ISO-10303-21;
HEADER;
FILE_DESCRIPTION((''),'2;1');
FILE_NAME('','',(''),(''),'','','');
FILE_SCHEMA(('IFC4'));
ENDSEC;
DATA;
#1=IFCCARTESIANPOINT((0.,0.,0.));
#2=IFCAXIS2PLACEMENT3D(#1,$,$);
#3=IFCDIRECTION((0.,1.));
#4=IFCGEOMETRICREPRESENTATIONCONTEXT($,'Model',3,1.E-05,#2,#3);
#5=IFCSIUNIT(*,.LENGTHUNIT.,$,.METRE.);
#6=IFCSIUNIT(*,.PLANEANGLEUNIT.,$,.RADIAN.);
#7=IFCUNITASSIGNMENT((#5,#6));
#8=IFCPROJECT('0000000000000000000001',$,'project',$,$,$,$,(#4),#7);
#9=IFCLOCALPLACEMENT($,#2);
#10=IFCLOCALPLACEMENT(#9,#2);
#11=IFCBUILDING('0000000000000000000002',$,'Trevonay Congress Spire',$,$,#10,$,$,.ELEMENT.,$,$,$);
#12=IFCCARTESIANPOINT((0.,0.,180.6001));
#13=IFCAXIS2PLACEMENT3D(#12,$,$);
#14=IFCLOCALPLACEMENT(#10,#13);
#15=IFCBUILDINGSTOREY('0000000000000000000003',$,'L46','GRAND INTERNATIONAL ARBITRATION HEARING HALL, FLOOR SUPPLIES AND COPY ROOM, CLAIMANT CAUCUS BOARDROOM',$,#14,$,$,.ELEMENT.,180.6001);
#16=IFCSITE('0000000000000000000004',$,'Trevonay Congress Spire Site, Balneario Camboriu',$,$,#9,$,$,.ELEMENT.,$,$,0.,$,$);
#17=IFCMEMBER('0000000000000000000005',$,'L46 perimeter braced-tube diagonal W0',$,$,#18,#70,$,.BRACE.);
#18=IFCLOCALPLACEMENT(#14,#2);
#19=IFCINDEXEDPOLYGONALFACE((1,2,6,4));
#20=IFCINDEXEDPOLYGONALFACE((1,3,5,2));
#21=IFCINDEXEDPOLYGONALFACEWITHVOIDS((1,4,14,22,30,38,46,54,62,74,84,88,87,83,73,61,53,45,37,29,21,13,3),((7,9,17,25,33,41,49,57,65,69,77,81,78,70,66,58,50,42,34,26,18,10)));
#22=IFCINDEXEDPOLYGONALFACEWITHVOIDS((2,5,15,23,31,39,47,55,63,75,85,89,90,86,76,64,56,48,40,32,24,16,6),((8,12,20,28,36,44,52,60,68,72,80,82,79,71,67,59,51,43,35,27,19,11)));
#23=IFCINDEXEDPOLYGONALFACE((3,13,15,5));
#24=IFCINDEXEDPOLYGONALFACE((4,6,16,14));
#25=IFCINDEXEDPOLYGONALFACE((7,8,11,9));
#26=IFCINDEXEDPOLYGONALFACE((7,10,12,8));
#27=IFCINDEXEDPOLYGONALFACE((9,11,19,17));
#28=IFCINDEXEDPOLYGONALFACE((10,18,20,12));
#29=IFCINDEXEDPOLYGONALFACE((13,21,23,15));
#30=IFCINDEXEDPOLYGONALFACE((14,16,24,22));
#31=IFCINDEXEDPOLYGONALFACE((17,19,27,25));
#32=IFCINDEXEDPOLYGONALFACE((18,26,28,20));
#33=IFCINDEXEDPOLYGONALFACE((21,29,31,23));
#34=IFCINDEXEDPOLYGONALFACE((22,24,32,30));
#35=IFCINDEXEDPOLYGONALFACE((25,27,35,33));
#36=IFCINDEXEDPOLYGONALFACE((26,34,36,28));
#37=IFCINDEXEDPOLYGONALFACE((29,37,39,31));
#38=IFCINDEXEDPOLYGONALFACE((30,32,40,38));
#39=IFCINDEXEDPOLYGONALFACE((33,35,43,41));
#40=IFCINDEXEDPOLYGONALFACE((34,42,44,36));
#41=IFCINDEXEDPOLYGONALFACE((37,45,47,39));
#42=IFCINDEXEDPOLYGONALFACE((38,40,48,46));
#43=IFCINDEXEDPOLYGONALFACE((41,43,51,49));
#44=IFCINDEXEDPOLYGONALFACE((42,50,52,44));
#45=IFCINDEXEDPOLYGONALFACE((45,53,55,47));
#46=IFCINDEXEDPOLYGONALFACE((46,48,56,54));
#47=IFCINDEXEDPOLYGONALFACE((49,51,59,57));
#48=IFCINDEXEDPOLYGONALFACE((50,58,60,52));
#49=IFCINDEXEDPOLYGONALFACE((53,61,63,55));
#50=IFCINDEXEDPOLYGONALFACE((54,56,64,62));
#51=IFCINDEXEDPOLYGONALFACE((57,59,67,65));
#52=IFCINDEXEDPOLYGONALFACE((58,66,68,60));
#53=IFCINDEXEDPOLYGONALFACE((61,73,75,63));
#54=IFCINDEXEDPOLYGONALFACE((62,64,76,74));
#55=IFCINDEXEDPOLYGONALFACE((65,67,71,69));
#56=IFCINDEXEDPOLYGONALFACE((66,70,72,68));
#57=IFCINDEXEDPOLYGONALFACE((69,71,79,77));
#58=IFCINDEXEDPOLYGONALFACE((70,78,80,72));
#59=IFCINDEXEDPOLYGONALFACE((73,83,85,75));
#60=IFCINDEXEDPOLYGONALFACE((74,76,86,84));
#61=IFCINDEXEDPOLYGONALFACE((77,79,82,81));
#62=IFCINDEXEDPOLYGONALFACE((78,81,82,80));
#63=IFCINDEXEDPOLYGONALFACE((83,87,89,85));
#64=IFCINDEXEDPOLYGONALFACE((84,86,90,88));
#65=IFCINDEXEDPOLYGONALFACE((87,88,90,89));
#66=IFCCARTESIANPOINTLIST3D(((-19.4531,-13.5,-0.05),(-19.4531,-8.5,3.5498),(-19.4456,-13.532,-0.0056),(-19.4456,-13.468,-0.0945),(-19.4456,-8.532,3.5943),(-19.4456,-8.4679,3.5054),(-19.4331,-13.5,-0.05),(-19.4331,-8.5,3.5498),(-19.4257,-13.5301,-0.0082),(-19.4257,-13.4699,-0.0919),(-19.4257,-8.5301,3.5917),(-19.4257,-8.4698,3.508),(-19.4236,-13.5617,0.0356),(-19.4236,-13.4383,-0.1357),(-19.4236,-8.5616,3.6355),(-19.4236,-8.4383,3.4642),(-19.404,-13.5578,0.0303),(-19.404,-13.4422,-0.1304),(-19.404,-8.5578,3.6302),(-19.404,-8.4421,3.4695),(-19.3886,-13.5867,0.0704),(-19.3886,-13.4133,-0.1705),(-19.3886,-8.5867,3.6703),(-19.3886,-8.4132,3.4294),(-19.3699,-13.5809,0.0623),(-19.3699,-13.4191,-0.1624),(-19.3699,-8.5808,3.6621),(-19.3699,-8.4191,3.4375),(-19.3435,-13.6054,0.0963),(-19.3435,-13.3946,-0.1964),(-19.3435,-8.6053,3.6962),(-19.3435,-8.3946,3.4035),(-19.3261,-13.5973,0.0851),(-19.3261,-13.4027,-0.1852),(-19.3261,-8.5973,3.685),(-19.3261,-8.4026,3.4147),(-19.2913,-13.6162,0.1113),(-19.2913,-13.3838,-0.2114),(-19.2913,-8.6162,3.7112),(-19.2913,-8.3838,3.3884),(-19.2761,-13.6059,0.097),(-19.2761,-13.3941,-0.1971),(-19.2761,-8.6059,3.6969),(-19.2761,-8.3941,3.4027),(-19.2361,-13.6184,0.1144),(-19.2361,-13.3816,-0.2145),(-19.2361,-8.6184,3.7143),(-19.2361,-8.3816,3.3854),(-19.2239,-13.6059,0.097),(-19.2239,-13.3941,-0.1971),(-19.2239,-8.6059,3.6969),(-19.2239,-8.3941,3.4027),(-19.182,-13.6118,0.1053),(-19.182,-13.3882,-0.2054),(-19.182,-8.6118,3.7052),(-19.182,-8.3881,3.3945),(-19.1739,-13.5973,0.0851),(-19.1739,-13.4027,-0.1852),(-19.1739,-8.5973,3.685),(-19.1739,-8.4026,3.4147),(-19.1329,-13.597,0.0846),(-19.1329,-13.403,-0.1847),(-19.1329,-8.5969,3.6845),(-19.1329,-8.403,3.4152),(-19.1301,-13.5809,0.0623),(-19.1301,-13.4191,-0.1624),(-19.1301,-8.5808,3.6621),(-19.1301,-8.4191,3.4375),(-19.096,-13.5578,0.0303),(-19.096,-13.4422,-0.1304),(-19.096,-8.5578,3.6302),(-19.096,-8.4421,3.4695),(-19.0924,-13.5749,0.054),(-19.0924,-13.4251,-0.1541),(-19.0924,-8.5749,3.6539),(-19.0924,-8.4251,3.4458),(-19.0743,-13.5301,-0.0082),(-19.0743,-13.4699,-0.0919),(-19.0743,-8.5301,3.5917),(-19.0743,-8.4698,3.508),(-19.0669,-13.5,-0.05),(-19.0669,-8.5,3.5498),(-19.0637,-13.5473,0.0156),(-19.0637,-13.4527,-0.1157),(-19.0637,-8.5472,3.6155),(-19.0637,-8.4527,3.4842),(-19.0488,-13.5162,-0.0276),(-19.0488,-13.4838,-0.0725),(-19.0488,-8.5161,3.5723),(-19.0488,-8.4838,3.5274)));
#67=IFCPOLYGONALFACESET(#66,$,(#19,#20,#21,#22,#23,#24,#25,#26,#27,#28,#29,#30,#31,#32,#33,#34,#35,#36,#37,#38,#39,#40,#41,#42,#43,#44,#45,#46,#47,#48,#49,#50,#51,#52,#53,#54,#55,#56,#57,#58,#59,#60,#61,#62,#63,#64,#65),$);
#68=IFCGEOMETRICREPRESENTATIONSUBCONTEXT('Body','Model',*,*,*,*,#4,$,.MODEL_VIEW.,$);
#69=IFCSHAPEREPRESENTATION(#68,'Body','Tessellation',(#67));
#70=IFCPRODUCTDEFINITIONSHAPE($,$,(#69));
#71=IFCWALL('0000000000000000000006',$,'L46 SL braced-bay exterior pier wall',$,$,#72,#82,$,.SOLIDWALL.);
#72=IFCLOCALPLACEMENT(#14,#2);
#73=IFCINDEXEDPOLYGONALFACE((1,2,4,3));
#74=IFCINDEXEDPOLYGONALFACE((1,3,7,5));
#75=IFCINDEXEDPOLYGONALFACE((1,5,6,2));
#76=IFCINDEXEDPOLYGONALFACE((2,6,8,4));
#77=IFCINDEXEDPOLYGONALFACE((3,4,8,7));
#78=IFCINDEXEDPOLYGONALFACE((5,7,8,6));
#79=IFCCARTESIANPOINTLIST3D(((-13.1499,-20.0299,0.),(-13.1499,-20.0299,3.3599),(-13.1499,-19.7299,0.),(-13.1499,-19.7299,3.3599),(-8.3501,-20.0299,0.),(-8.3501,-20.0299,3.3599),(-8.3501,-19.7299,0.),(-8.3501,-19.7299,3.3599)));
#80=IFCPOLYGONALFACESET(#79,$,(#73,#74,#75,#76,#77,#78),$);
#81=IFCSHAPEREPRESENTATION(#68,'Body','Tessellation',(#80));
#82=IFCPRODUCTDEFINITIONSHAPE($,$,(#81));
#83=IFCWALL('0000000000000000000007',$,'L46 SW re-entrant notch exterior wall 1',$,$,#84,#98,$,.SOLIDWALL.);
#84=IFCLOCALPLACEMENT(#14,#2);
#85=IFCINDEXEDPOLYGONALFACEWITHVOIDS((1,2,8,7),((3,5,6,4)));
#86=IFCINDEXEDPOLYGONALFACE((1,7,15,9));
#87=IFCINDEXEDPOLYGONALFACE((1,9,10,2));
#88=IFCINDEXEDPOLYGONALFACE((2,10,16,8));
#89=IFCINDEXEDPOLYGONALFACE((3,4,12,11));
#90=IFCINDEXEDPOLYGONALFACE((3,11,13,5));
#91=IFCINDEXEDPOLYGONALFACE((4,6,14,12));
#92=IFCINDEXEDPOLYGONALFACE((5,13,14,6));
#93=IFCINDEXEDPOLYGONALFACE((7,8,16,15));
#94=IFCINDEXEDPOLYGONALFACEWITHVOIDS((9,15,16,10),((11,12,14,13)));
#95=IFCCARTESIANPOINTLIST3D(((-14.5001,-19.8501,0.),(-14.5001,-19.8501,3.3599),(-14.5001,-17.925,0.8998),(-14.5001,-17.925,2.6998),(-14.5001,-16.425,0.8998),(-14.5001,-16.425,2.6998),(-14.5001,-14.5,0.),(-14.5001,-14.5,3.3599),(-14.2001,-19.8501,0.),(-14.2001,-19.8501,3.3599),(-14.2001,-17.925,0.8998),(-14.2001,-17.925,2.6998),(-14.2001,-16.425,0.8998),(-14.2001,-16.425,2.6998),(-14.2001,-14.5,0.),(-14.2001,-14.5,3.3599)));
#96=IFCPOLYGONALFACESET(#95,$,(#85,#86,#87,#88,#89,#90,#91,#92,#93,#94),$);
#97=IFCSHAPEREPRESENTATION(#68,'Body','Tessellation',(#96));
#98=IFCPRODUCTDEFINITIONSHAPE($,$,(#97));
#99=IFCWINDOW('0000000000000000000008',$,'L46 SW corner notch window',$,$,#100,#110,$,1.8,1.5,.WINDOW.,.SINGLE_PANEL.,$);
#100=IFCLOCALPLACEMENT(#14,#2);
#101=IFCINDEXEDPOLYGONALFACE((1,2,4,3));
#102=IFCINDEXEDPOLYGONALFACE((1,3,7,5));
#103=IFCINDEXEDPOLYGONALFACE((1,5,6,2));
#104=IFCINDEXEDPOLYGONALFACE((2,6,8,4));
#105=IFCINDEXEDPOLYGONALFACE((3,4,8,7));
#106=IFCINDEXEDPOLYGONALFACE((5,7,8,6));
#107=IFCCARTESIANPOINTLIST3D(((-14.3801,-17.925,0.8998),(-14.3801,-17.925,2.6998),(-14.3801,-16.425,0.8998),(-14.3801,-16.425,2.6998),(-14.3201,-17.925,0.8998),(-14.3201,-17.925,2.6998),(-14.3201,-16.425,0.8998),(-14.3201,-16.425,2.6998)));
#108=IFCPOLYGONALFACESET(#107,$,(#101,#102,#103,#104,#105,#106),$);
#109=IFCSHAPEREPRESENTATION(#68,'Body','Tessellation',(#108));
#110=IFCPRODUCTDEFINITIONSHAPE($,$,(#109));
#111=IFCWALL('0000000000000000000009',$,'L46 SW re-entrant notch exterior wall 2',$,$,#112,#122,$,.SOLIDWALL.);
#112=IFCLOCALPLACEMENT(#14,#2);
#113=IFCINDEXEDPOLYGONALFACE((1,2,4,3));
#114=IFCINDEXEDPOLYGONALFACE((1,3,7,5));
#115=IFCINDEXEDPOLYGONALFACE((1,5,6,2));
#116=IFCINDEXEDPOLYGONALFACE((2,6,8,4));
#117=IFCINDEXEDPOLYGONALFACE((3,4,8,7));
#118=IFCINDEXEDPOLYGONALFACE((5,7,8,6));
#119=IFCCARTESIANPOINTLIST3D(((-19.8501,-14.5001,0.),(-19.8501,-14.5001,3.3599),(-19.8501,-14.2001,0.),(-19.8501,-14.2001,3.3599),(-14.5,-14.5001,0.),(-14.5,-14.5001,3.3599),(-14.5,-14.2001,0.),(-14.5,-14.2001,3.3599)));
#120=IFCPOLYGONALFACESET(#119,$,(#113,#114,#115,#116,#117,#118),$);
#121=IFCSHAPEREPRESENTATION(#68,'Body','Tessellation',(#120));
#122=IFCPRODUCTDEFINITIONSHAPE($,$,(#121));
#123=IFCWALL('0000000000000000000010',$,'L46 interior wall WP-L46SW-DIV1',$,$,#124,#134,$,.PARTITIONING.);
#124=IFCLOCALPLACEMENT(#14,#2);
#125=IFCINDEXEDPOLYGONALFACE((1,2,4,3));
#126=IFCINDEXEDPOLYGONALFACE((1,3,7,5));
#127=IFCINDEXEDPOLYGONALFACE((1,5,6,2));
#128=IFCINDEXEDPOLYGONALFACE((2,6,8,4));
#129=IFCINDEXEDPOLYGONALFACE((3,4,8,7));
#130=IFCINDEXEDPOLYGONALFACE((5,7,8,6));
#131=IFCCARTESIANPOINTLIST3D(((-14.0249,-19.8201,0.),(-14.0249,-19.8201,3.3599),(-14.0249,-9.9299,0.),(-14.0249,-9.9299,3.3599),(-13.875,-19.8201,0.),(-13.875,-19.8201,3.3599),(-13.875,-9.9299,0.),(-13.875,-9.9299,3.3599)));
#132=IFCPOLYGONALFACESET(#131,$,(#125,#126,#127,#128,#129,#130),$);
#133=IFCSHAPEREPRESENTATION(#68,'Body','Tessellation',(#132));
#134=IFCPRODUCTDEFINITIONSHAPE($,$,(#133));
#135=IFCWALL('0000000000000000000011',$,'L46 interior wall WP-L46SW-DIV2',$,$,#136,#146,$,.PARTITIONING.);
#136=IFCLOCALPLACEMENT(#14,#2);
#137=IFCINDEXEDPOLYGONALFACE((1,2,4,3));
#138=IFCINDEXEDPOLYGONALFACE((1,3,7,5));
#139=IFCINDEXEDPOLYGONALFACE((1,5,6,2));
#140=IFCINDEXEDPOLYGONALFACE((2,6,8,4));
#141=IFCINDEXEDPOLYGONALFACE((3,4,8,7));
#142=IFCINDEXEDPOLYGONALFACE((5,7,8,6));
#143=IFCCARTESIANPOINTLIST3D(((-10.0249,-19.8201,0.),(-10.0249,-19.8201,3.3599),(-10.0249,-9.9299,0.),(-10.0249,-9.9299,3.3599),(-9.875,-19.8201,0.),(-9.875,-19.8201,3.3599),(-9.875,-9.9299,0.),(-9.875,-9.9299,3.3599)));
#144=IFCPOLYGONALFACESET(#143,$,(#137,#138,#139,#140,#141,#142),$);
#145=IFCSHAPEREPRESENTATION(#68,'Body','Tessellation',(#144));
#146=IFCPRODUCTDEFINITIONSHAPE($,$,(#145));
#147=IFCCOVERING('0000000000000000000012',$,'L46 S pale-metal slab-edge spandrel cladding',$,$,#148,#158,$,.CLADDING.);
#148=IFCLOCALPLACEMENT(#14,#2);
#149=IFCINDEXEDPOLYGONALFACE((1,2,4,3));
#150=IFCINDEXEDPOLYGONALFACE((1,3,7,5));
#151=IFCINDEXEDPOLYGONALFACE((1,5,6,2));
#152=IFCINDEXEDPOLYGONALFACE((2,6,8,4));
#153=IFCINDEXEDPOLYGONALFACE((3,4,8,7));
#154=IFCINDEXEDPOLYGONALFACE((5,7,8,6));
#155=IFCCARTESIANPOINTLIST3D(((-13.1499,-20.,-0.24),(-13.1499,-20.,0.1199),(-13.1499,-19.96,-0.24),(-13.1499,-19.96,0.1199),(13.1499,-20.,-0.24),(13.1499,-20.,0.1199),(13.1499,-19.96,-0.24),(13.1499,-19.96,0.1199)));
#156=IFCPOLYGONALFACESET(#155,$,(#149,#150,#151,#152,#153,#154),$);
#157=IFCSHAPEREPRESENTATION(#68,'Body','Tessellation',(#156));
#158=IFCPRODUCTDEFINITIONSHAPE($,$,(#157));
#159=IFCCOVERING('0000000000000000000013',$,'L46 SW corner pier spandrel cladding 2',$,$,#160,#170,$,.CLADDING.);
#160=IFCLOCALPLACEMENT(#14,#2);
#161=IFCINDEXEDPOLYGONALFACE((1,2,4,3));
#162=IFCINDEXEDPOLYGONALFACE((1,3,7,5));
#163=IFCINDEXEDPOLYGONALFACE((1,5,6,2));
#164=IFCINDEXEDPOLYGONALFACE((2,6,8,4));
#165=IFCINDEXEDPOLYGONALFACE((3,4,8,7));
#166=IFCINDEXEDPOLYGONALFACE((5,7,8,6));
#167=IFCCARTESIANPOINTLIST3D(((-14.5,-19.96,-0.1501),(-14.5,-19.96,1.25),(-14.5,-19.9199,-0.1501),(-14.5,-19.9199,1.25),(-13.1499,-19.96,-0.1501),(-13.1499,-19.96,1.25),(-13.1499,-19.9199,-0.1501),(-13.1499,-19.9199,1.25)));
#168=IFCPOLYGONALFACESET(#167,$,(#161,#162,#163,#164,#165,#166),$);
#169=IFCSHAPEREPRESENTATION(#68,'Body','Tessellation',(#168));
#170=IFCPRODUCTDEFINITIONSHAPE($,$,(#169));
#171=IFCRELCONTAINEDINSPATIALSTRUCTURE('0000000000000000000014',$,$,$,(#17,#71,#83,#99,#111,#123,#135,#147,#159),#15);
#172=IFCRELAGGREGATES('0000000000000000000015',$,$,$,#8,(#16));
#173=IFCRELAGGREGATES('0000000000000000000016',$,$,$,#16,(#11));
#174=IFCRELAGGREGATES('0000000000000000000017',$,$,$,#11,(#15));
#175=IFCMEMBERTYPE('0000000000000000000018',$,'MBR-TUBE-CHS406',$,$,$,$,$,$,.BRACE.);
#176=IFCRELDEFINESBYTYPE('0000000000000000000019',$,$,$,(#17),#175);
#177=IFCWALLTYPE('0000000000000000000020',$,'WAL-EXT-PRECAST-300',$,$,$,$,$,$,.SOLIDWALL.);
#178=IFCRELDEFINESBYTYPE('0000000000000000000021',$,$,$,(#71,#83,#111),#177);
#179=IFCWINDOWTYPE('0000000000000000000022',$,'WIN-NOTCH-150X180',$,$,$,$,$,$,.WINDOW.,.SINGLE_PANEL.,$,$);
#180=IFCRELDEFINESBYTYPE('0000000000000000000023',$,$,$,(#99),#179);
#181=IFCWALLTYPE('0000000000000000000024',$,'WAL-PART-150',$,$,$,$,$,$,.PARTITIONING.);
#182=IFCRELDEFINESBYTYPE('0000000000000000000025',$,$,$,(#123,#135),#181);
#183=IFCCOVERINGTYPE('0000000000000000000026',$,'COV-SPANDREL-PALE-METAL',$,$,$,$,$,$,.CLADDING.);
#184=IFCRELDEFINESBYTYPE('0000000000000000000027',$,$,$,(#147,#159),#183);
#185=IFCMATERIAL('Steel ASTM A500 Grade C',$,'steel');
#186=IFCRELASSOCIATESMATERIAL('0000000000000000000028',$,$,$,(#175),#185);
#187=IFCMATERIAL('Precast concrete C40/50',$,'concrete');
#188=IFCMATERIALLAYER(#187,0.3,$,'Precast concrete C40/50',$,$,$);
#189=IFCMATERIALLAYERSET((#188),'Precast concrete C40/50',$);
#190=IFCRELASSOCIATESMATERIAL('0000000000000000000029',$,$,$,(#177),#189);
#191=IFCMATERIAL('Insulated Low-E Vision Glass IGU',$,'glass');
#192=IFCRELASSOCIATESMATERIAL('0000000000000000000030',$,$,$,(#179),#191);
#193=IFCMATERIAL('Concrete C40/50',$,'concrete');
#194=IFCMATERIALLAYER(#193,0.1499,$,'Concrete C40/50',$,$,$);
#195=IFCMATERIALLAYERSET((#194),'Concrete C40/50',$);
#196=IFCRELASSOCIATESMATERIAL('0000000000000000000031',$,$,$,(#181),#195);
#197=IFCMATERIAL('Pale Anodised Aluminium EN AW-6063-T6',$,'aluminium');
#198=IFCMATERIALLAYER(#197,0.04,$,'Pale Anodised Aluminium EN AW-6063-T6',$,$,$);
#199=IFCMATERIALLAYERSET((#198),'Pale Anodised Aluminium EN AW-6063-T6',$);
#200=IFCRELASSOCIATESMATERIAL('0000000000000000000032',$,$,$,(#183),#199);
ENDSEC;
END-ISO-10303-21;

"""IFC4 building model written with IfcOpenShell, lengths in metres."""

from ifc_helpers import new_model, si_unit, direction, frame, frame_2d, origin, origin_2d, place, context, subcontext, project, spatial, rectangle, hollow_circle, extrude, material, layer, layer_set, material_profile, profile_set, type_object, element, fill, save


model = new_model("IFC4")

# Units and contexts
model_context = context("Model", 3, precision=1e-05, world=origin(), true_north=direction((0.0, 1.0)))
body_context = subcontext(model_context, "Body", "Model", "MODEL_VIEW")
ifc_project = project(units=[si_unit("LENGTHUNIT", "METRE"), si_unit("PLANEANGLEUNIT", "RADIAN")], contexts=[model_context])

# Site, building, storey
site_placement = place(None, origin())
site = spatial("IfcSite", under=ifc_project, at=site_placement, Name="Trevonay Congress Spire Site, Balneario Camboriu", CompositionType="ELEMENT", RefElevation=0.0)
building_placement = place(site_placement, origin())
building = spatial("IfcBuilding", under=site, at=building_placement, Name="Trevonay Congress Spire", CompositionType="ELEMENT")
storey_placement = place(building_placement, frame((0.0, 0.0, 180.6001)))
storey = spatial("IfcBuildingStorey", under=building, at=storey_placement, Name="L46", Description="GRAND INTERNATIONAL ARBITRATION HEARING HALL, FLOOR SUPPLIES AND COPY ROOM, CLAIMANT CAUCUS BOARDROOM", CompositionType="ELEMENT", Elevation=180.6001)

# Member
ifc_material_1 = material(Name="Steel ASTM A500 Grade C", Category="steel")
ifc_material_profile_1 = material_profile(ifc_material_1, hollow_circle(Radius=0.2031, WallThickness=0.02, at=origin_2d()), Name="CHS 406.4x20")
ifc_profile_set_1 = profile_set([ifc_material_profile_1], Name="Steel ASTM A500 Grade C")
member_type = type_object("IfcMemberType", Name="MBR-TUBE-CHS406", PredefinedType="BRACE", material=ifc_profile_set_1)
for number, where, z_axis, x_axis, name in (
    (1, (-19.25, -13.5, -0.05), (0.0, 0.811546, 0.584289), (-1.0, 0.0, 0.0), "L46 perimeter braced-tube diagonal W0"),
):
    element("IfcMember", number, at=place(storey_placement, frame(where, z_axis=z_axis, x_axis=x_axis)), inside=storey, type_object=member_type, Name=name, PredefinedType="BRACE", context=body_context, shape_type="SweptSolid", body=[
        extrude(hollow_circle(Radius=0.2031, WallThickness=0.02, at=origin_2d()), origin(), (0.0, 0.0, 1.0), 6.1611),
    ])

# Wall
ifc_material_2 = material(Name="Precast concrete C40/50", Category="concrete")
ifc_layer_1 = layer(ifc_material_2, 0.3, Name="Precast concrete C40/50")
ifc_layer_set_1 = layer_set([ifc_layer_1], Name="Precast concrete C40/50")
wall_type_1 = type_object("IfcWallType", Name="WAL-EXT-PRECAST-300", PredefinedType="SOLIDWALL", material=ifc_layer_set_1)
wall_1_placement = place(storey_placement, frame((-13.1499, -19.8799, 0.0), z_axis=(0.0, 0.0, 1.0), x_axis=(1.0, 0.0, 0.0)))
element("IfcWall", 2, at=wall_1_placement, inside=storey, type_object=wall_type_1, Name="L46 SL braced-bay exterior pier wall", PredefinedType="SOLIDWALL", context=body_context, shape_type="SweptSolid", body=[
    extrude(rectangle(XDim=4.7998, YDim=0.3, at=frame_2d((2.3999, 0.0))), origin(), (0.0, 0.0, 1.0), 3.3599),
])

# Wall, opening, window
wall_2_placement = place(storey_placement, frame((-14.3501, -19.8501, 0.0), z_axis=(0.0, 0.0, 1.0), x_axis=(0.0, 1.0, 0.0)))
wall_2 = element("IfcWall", 3, at=wall_2_placement, inside=storey, type_object=wall_type_1, Name="L46 SW re-entrant notch exterior wall 1", PredefinedType="SOLIDWALL", context=body_context, shape_type="SweptSolid", body=[
    extrude(rectangle(XDim=5.3501, YDim=0.3, at=frame_2d((2.675, 0.0))), origin(), (0.0, 0.0, 1.0), 3.3599),
])
opening_placement = place(wall_2_placement, frame((1.925, 0.0, 0.8999)))
opening = element("IfcOpeningElement", 4, at=opening_placement, cuts=wall_2, PredefinedType="OPENING", context=body_context, shape_type="SweptSolid", body=[
    extrude(rectangle(XDim=1.5, YDim=1.8, at=frame_2d((0.75, 0.8999))), frame((0.0, 0.1602, 0.0), z_axis=(0.0, -1.0, 0.0), x_axis=(1.0, 0.0, 0.0)), (0.0, 0.0, 1.0), 0.3201),
])
ifc_material_3 = material(Name="Insulated Low-E Vision Glass IGU", Category="glass")
window_type = type_object("IfcWindowType", Name="WIN-NOTCH-150X180", PartitioningType="SINGLE_PANEL", PredefinedType="WINDOW", material=ifc_material_3)
window_placement = place(opening_placement, origin())
window = element("IfcWindow", 5, at=window_placement, inside=storey, type_object=window_type, Name="L46 SW corner notch window", OverallHeight=1.8, OverallWidth=1.5, PartitioningType="SINGLE_PANEL", PredefinedType="WINDOW", context=body_context, shape_type="SweptSolid", body=[
    extrude(rectangle(XDim=1.5, YDim=1.8, at=frame_2d((0.75, 0.8999))), frame((0.0, 0.03, 0.0), z_axis=(0.0, -1.0, 0.0), x_axis=(1.0, 0.0, 0.0)), (0.0, 0.0, 1.0), 0.0601),
])
fill(opening, window)

# Walls
wall_3_placement = place(storey_placement, frame((-19.8501, -14.3501, 0.0), z_axis=(0.0, 0.0, 1.0), x_axis=(1.0, 0.0, 0.0)))
element("IfcWall", 6, at=wall_3_placement, inside=storey, type_object=wall_type_1, Name="L46 SW re-entrant notch exterior wall 2", PredefinedType="SOLIDWALL", context=body_context, shape_type="SweptSolid", body=[
    extrude(rectangle(XDim=5.3501, YDim=0.3, at=frame_2d((2.675, 0.0))), origin(), (0.0, 0.0, 1.0), 3.3599),
])
ifc_material_4 = material(Name="Concrete C40/50", Category="concrete")
ifc_layer_2 = layer(ifc_material_4, 0.1499, Name="Concrete C40/50")
ifc_layer_set_2 = layer_set([ifc_layer_2], Name="Concrete C40/50")
wall_type_2 = type_object("IfcWallType", Name="WAL-PART-150", PredefinedType="PARTITIONING", material=ifc_layer_set_2)
for number, where, z_axis, x_axis, name in (
    (7, (-13.95, -19.8201, 0.0), (0.0, 0.0, 1.0), (0.0, 1.0, 0.0), "L46 interior wall WP-L46SW-DIV1"),
    (8, (-9.95, -19.8201, 0.0), (0.0, 0.0, 1.0), (0.0, 1.0, 0.0), "L46 interior wall WP-L46SW-DIV2"),
):
    element("IfcWall", number, at=place(storey_placement, frame(where, z_axis=z_axis, x_axis=x_axis)), inside=storey, type_object=wall_type_2, Name=name, PredefinedType="PARTITIONING", context=body_context, shape_type="SweptSolid", body=[
        extrude(rectangle(XDim=9.8901, YDim=0.1499, at=frame_2d((4.9451, 0.0))), origin(), (0.0, 0.0, 1.0), 3.3599),
    ])

# Coverings
ifc_material_5 = material(Name="Pale Anodised Aluminium EN AW-6063-T6", Category="aluminium")
ifc_layer_3 = layer(ifc_material_5, 0.04, Name="Pale Anodised Aluminium EN AW-6063-T6")
ifc_layer_set_3 = layer_set([ifc_layer_3], Name="Pale Anodised Aluminium EN AW-6063-T6")
covering_type = type_object("IfcCoveringType", Name="COV-SPANDREL-PALE-METAL", PredefinedType="CLADDING", material=ifc_layer_set_3)
covering_1_placement = place(storey_placement, frame((-13.1499, -19.98, -0.24), z_axis=(0.0, 0.0, 1.0), x_axis=(1.0, 0.0, 0.0)))
element("IfcCovering", 9, at=covering_1_placement, inside=storey, type_object=covering_type, Name="L46 S pale-metal slab-edge spandrel cladding", PredefinedType="CLADDING", context=body_context, shape_type="SweptSolid", body=[
    extrude(rectangle(XDim=26.2998, YDim=0.04, at=frame_2d((13.1499, 0.0))), origin(), (0.0, 0.0, 1.0), 0.3599),
])
covering_2_placement = place(storey_placement, frame((-13.1499, -19.9399, -0.1501), z_axis=(0.0, 0.0, 1.0), x_axis=(-1.0, 0.0, 0.0)))
element("IfcCovering", 10, at=covering_2_placement, inside=storey, type_object=covering_type, Name="L46 SW corner pier spandrel cladding 2", PredefinedType="CLADDING", context=body_context, shape_type="SweptSolid", body=[
    extrude(rectangle(XDim=1.3501, YDim=0.04, at=frame_2d((0.675, 0.0))), origin(), (0.0, 0.0, 1.0), 1.4001),
])

save(model, "model.ifc")
